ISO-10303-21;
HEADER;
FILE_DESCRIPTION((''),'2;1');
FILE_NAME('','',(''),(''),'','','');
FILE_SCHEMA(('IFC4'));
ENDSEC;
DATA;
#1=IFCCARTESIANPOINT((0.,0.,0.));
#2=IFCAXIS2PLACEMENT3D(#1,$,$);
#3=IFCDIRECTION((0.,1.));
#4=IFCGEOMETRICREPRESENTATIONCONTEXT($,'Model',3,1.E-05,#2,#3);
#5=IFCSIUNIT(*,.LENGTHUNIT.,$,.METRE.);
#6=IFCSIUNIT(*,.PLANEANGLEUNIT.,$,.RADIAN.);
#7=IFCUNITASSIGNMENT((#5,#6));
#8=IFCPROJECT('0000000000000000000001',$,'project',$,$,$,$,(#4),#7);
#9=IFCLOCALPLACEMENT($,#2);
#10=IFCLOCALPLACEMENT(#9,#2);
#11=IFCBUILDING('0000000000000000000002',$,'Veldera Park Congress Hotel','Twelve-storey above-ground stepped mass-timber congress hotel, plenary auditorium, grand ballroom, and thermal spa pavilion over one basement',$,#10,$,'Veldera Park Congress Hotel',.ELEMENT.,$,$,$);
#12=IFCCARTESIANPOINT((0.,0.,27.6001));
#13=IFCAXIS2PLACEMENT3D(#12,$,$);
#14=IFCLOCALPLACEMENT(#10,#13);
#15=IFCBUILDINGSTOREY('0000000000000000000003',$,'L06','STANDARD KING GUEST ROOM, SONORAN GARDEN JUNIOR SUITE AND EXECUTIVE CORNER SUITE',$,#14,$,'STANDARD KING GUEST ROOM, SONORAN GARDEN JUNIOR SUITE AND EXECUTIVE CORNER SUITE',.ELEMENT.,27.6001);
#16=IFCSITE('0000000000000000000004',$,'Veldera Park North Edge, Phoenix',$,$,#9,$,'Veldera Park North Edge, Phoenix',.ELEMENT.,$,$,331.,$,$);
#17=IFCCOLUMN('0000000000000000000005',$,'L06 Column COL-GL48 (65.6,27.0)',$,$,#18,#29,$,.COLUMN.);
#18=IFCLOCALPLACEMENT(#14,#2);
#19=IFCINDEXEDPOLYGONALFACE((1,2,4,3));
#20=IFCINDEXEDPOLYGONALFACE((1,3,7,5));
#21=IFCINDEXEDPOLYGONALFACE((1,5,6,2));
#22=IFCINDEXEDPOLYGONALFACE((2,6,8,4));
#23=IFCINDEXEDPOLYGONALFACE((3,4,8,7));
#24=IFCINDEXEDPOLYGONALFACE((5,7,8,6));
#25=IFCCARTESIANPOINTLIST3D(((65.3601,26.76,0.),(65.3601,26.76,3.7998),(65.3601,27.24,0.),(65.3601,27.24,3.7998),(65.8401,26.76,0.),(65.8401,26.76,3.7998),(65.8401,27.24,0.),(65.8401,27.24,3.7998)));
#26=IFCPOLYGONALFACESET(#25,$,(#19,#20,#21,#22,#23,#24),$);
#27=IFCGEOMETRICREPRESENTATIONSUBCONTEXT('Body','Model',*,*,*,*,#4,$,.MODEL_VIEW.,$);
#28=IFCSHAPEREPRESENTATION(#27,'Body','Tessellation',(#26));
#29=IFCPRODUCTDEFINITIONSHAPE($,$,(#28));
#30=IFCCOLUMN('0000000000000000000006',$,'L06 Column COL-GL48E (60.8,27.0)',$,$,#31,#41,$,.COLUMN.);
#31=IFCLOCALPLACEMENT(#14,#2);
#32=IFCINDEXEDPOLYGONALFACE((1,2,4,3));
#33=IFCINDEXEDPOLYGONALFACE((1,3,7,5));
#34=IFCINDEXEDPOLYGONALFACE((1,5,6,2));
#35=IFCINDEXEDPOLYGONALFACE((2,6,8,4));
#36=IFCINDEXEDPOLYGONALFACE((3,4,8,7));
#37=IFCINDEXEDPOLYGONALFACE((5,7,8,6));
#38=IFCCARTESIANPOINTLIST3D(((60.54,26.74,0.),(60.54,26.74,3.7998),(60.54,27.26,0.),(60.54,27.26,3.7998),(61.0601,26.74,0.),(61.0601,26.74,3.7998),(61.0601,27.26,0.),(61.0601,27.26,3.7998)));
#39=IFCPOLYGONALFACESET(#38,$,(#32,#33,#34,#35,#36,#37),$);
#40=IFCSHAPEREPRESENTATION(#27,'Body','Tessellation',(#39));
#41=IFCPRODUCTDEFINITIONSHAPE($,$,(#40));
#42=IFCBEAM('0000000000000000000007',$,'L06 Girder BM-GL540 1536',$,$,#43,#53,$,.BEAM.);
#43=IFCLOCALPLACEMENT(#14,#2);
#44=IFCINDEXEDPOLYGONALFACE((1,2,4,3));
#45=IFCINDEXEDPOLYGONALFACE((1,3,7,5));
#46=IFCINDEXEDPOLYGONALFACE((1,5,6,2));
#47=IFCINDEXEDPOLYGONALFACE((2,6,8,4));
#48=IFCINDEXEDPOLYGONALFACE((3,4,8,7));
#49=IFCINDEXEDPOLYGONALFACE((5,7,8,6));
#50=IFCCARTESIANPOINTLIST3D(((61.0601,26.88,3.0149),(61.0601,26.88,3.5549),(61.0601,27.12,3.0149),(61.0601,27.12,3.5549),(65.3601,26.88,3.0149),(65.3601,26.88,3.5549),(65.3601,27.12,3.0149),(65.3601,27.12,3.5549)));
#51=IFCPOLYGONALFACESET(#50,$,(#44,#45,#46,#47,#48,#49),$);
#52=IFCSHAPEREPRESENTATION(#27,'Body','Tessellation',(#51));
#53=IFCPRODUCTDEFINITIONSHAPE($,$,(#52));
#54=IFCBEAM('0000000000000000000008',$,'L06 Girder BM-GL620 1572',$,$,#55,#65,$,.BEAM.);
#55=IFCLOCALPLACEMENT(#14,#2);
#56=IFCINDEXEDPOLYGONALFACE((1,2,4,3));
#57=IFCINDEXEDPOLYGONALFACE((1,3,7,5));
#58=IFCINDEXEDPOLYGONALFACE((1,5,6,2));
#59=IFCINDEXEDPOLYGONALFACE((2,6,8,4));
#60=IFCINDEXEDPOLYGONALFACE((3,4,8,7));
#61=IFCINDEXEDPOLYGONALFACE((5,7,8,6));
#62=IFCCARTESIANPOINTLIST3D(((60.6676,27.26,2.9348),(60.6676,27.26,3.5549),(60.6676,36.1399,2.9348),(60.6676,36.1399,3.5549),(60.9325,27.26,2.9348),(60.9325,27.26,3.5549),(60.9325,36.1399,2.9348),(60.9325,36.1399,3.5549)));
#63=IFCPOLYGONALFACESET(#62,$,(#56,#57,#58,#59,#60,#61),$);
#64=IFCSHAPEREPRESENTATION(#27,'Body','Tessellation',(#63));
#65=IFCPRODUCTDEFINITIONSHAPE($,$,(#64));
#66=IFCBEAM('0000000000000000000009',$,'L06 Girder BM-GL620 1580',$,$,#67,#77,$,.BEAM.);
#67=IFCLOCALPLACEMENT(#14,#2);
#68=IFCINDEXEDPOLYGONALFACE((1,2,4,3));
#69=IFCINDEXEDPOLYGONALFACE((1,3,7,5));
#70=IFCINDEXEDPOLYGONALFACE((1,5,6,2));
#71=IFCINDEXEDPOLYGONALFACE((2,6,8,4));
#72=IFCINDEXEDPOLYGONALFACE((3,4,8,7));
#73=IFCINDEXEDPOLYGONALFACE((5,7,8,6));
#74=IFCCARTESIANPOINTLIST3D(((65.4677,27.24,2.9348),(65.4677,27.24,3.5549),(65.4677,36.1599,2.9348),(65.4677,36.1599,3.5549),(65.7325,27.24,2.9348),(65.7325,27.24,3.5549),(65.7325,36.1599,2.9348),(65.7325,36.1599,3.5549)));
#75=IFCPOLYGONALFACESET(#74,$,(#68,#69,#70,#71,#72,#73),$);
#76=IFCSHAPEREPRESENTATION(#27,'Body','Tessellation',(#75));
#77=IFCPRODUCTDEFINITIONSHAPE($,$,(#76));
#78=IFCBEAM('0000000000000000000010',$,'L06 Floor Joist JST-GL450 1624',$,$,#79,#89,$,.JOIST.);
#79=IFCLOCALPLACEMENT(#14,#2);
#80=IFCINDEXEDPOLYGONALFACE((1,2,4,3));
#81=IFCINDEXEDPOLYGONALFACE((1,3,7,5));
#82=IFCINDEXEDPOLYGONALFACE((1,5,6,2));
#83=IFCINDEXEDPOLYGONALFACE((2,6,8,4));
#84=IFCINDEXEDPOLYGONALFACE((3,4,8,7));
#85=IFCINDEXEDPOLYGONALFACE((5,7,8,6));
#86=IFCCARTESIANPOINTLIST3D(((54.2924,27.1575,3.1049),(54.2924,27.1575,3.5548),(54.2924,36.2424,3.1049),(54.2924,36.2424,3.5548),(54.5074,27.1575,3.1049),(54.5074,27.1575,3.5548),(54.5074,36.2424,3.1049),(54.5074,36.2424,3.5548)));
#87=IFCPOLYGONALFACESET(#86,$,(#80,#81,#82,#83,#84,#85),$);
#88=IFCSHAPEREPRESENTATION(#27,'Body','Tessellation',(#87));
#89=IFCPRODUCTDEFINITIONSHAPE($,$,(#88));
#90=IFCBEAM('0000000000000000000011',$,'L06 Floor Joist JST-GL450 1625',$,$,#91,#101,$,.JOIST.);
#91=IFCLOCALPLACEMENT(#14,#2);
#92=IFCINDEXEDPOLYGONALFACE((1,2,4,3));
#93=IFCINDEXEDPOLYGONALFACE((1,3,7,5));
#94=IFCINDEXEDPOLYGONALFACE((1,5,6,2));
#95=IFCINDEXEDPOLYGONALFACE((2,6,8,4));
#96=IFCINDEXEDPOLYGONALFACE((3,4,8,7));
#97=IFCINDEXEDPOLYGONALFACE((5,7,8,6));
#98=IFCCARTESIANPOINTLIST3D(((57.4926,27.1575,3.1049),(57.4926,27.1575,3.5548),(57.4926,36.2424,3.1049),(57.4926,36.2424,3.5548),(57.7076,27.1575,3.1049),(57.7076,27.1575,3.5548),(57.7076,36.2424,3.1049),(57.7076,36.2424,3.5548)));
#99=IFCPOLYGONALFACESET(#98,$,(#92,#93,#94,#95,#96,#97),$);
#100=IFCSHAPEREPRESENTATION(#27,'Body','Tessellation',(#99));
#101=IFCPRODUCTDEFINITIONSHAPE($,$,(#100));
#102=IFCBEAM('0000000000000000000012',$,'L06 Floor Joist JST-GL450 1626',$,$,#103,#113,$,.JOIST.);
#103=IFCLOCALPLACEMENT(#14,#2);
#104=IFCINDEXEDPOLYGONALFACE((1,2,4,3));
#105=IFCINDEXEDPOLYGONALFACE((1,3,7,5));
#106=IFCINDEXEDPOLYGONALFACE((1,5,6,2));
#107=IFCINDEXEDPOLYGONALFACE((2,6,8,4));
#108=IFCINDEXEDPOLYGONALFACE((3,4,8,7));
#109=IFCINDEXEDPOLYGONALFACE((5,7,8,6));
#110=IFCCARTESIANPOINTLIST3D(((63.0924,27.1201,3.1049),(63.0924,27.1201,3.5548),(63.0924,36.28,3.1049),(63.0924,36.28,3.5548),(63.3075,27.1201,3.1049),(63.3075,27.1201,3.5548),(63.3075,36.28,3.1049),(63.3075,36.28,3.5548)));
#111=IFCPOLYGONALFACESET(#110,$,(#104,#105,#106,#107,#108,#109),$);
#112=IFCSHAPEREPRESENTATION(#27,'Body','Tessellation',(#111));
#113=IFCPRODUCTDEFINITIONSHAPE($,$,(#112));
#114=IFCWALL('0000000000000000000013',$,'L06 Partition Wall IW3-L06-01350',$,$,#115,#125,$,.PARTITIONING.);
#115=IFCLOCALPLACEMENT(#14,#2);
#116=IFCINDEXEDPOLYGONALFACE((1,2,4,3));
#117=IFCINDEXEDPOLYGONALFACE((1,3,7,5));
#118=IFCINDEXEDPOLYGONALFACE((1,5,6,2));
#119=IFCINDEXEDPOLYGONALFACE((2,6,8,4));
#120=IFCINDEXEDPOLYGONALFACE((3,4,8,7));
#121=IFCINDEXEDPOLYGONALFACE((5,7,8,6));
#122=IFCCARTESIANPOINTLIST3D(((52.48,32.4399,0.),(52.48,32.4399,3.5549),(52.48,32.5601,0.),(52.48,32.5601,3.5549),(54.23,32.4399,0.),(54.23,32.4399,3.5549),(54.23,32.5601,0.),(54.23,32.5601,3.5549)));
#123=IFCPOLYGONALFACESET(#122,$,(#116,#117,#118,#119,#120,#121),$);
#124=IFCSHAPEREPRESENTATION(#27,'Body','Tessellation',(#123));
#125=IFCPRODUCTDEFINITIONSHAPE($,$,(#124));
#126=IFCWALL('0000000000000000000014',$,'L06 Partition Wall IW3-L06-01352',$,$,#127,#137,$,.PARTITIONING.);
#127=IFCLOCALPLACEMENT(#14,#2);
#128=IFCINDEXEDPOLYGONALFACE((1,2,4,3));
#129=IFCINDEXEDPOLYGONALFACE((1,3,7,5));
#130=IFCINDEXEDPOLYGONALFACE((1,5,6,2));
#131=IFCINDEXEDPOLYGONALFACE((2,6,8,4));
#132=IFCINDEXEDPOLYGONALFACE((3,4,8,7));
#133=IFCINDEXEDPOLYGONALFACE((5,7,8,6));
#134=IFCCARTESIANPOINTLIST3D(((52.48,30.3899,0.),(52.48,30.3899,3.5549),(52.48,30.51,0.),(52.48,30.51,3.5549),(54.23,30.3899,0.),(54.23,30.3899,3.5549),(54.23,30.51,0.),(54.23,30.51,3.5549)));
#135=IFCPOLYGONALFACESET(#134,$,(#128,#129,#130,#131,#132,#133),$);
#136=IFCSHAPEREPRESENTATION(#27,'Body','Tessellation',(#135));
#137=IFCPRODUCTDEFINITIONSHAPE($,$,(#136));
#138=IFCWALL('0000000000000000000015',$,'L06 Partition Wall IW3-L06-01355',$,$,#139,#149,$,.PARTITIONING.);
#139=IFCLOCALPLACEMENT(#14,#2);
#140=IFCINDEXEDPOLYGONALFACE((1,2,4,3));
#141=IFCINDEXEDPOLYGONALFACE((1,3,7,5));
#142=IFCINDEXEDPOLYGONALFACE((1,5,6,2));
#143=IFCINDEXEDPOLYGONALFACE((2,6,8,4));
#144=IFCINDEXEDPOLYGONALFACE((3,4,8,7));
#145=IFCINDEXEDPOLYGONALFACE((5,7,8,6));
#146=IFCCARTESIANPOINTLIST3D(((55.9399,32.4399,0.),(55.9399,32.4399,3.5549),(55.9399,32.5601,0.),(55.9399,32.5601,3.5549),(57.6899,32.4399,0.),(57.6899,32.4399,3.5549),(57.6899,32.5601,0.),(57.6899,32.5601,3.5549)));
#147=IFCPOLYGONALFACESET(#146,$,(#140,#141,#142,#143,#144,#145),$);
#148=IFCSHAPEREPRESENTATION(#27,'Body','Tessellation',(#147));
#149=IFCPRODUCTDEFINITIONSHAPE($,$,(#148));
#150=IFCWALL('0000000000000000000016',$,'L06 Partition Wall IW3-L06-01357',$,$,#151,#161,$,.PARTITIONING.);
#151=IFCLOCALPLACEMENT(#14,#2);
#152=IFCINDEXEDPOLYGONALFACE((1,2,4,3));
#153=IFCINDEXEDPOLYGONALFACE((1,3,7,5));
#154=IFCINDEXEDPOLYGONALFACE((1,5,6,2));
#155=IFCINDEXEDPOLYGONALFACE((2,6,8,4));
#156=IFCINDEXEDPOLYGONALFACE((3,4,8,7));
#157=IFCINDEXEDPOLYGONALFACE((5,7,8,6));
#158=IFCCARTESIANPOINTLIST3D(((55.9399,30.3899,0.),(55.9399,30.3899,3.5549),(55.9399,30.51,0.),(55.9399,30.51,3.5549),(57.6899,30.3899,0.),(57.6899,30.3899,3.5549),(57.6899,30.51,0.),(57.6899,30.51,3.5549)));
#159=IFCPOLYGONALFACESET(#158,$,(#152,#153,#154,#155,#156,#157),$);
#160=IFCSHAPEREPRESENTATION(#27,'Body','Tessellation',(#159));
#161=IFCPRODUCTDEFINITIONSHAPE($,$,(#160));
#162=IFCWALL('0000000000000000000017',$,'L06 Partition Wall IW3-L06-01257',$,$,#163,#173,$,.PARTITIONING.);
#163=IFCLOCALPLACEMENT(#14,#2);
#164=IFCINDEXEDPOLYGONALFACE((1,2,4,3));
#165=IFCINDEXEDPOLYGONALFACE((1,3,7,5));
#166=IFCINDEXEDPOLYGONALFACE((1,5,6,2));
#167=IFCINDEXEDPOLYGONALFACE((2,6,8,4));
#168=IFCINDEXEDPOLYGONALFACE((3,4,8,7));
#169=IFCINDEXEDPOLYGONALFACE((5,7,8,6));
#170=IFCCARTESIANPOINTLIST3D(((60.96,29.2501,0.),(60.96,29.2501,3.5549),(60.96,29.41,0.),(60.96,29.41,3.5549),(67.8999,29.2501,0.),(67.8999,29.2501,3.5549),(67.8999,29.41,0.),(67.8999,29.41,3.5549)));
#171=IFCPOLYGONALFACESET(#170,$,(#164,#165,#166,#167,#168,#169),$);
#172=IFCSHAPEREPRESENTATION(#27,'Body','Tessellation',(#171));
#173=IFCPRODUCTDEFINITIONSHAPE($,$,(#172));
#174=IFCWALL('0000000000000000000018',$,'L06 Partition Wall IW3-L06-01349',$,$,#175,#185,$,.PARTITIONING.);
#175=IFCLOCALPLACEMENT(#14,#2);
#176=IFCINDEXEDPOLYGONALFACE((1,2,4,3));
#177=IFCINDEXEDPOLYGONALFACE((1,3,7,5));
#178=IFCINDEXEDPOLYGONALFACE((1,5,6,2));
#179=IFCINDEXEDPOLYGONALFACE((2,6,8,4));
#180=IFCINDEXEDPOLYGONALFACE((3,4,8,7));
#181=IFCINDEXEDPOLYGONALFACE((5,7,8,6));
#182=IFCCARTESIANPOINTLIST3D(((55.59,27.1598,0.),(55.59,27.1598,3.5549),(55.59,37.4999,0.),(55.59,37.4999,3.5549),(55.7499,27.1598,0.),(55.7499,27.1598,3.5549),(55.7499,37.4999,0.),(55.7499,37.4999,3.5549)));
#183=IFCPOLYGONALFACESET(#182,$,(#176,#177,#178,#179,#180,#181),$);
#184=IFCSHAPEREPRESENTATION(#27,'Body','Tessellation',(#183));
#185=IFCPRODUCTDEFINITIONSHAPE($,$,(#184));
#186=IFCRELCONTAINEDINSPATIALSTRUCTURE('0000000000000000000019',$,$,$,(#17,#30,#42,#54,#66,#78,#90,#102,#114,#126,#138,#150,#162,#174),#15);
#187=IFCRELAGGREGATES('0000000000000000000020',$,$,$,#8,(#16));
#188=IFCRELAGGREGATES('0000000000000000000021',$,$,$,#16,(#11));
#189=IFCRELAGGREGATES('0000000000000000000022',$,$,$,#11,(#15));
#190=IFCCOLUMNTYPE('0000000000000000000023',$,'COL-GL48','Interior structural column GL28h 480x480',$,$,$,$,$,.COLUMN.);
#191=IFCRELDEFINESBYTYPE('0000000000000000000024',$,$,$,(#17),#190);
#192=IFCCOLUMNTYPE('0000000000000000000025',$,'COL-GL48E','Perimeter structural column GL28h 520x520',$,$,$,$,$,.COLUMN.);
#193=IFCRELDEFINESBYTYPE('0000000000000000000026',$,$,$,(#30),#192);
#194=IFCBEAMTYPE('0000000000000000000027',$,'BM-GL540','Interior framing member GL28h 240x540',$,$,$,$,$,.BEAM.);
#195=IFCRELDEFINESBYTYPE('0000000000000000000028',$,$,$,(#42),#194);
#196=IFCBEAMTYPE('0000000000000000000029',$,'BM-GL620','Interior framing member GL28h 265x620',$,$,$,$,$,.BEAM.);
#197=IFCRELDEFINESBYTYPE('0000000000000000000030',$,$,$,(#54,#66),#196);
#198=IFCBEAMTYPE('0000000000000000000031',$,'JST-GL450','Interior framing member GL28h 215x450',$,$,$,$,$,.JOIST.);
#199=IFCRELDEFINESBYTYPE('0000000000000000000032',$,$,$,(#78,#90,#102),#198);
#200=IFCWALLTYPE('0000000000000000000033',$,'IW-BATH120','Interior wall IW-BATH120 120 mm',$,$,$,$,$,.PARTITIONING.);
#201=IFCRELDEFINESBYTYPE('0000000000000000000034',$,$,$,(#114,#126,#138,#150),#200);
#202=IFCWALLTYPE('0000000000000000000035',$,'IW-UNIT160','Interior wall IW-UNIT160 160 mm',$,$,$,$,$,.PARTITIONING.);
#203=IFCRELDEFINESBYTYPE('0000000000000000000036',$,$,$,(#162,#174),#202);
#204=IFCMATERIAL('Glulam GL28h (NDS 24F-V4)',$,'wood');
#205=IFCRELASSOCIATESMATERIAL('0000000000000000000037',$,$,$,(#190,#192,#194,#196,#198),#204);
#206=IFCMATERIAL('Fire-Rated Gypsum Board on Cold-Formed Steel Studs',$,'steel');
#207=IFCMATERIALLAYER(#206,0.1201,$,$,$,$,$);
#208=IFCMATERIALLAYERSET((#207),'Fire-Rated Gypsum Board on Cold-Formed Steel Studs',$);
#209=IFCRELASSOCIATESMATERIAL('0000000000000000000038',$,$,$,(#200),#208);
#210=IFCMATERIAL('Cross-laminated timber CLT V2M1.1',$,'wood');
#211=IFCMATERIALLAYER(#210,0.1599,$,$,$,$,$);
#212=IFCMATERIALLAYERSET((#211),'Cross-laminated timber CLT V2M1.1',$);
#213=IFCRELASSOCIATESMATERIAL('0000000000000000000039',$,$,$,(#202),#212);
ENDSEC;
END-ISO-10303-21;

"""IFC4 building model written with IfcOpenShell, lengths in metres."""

from ifc_helpers import new_model, si_unit, direction, frame, frame_2d, origin, origin_2d, place, context, subcontext, project, spatial, rectangle, extrude, material, layer, layer_set, material_profile, profile_set, type_object, element, save


model = new_model("IFC4")

# Units and contexts
model_context = context("Model", 3, precision=1e-05, world=origin(), true_north=direction((0.0, 1.0)))
body_context = subcontext(model_context, "Body", "Model", "MODEL_VIEW")
ifc_project = project(units=[si_unit("LENGTHUNIT", "METRE"), si_unit("PLANEANGLEUNIT", "RADIAN")], contexts=[model_context])

# Site, building, storey
site_placement = place(None, origin())
site = spatial("IfcSite", under=ifc_project, at=site_placement, Name="Veldera Park North Edge, Phoenix", LongName="Veldera Park North Edge, Phoenix", CompositionType="ELEMENT", RefElevation=331.0)
building_placement = place(site_placement, origin())
building = spatial("IfcBuilding", under=site, at=building_placement, Name="Veldera Park Congress Hotel", Description="Twelve-storey above-ground stepped mass-timber congress hotel, plenary auditorium, grand ballroom, and thermal spa pavilion over one basement", LongName="Veldera Park Congress Hotel", CompositionType="ELEMENT")
storey_placement = place(building_placement, frame((0.0, 0.0, 27.6001)))
storey = spatial("IfcBuildingStorey", under=building, at=storey_placement, Name="L06", Description="STANDARD KING GUEST ROOM, SONORAN GARDEN JUNIOR SUITE AND EXECUTIVE CORNER SUITE", LongName="STANDARD KING GUEST ROOM, SONORAN GARDEN JUNIOR SUITE AND EXECUTIVE CORNER SUITE", CompositionType="ELEMENT", Elevation=27.6001)

# Columns
ifc_material_1 = material(Name="Glulam GL28h (NDS 24F-V4)", Category="wood")
ifc_material_profile_1 = material_profile(ifc_material_1, rectangle(XDim=0.48, YDim=0.48, at=origin_2d()), Name="GL28h 480x480")
ifc_profile_set_1 = profile_set([ifc_material_profile_1], Name="Glulam GL28h (NDS 24F-V4)")
column_type_1 = type_object("IfcColumnType", Name="COL-GL48", Description="Interior structural column GL28h 480x480", PredefinedType="COLUMN", material=ifc_profile_set_1)
column_1_placement = place(storey_placement, frame((65.6001, 27.0, 0.0), z_axis=(0.0, 0.0, 1.0), x_axis=(1.0, 0.0, 0.0)))
element("IfcColumn", 1, at=column_1_placement, inside=storey, type_object=column_type_1, Name="L06 Column COL-GL48 (65.6,27.0)", PredefinedType="COLUMN", context=body_context, shape_type="SweptSolid", body=[
    extrude(rectangle(XDim=0.48, YDim=0.48, at=origin_2d()), origin(), (0.0, 0.0, 1.0), 3.7998),
])
ifc_material_profile_2 = material_profile(ifc_material_1, rectangle(XDim=0.52, YDim=0.52, at=origin_2d()), Name="GL28h 520x520")
ifc_profile_set_2 = profile_set([ifc_material_profile_2], Name="Glulam GL28h (NDS 24F-V4)")
column_type_2 = type_object("IfcColumnType", Name="COL-GL48E", Description="Perimeter structural column GL28h 520x520", PredefinedType="COLUMN", material=ifc_profile_set_2)
column_2_placement = place(storey_placement, frame((60.8, 27.0, 0.0), z_axis=(0.0, 0.0, 1.0), x_axis=(1.0, 0.0, 0.0)))
element("IfcColumn", 2, at=column_2_placement, inside=storey, type_object=column_type_2, Name="L06 Column COL-GL48E (60.8,27.0)", PredefinedType="COLUMN", context=body_context, shape_type="SweptSolid", body=[
    extrude(rectangle(XDim=0.52, YDim=0.52, at=origin_2d()), origin(), (0.0, 0.0, 1.0), 3.7998),
])

# Beams
ifc_material_profile_3 = material_profile(ifc_material_1, rectangle(XDim=0.24, YDim=0.54, at=origin_2d()), Name="GL28h 240x540")
ifc_profile_set_3 = profile_set([ifc_material_profile_3], Name="Glulam GL28h (NDS 24F-V4)")
beam_type_1 = type_object("IfcBeamType", Name="BM-GL540", Description="Interior framing member GL28h 240x540", PredefinedType="BEAM", material=ifc_profile_set_3)
beam_1_placement = place(storey_placement, frame((61.0601, 27.0, 3.2849), z_axis=(1.0, 0.0, 0.0), x_axis=(0.0, 1.0, 0.0)))
element("IfcBeam", 3, at=beam_1_placement, inside=storey, type_object=beam_type_1, Name="L06 Girder BM-GL540 1536", PredefinedType="BEAM", context=body_context, shape_type="SweptSolid", body=[
    extrude(rectangle(XDim=0.24, YDim=0.54, at=origin_2d()), origin(), (0.0, 0.0, 1.0), 4.3),
])
ifc_material_profile_4 = material_profile(ifc_material_1, rectangle(XDim=0.2649, YDim=0.6201, at=origin_2d()), Name="GL28h 265x620")
ifc_profile_set_4 = profile_set([ifc_material_profile_4], Name="Glulam GL28h (NDS 24F-V4)")
beam_type_2 = type_object("IfcBeamType", Name="BM-GL620", Description="Interior framing member GL28h 265x620", PredefinedType="BEAM", material=ifc_profile_set_4)
beam_2_placement = place(storey_placement, frame((60.8, 27.26, 3.2449), z_axis=(0.0, 1.0, 0.0), x_axis=(-1.0, 0.0, 0.0)))
element("IfcBeam", 4, at=beam_2_placement, inside=storey, type_object=beam_type_2, Name="L06 Girder BM-GL620 1572", PredefinedType="BEAM", context=body_context, shape_type="SweptSolid", body=[
    extrude(rectangle(XDim=0.2649, YDim=0.6201, at=origin_2d()), origin(), (0.0, 0.0, 1.0), 8.8799),
])
beam_3_placement = place(storey_placement, frame((65.6001, 27.24, 3.2449), z_axis=(0.0, 1.0, 0.0), x_axis=(-1.0, 0.0, 0.0)))
element("IfcBeam", 5, at=beam_3_placement, inside=storey, type_object=beam_type_2, Name="L06 Girder BM-GL620 1580", PredefinedType="BEAM", context=body_context, shape_type="SweptSolid", body=[
    extrude(rectangle(XDim=0.2649, YDim=0.6201, at=origin_2d()), origin(), (0.0, 0.0, 1.0), 8.9199),
])
ifc_material_profile_5 = material_profile(ifc_material_1, rectangle(XDim=0.2151, YDim=0.45, at=origin_2d()), Name="GL28h 215x450")
ifc_profile_set_5 = profile_set([ifc_material_profile_5], Name="Glulam GL28h (NDS 24F-V4)")
beam_type_3 = type_object("IfcBeamType", Name="JST-GL450", Description="Interior framing member GL28h 215x450", PredefinedType="JOIST", material=ifc_profile_set_5)
for number, where, z_axis, x_axis, name in (
    (6, (54.3999, 27.1575, 3.3298), (0.0, 1.0, 0.0), (-1.0, 0.0, 0.0), "L06 Floor Joist JST-GL450 1624"),
    (7, (57.6001, 27.1575, 3.3298), (0.0, 1.0, 0.0), (-1.0, 0.0, 0.0), "L06 Floor Joist JST-GL450 1625"),
):
    element("IfcBeam", number, at=place(storey_placement, frame(where, z_axis=z_axis, x_axis=x_axis)), inside=storey, type_object=beam_type_3, Name=name, PredefinedType="JOIST", context=body_context, shape_type="SweptSolid", body=[
        extrude(rectangle(XDim=0.2151, YDim=0.45, at=origin_2d()), origin(), (0.0, 0.0, 1.0), 9.085),
    ])
beam_4_placement = place(storey_placement, frame((63.2, 27.1201, 3.3298), z_axis=(0.0, 1.0, 0.0), x_axis=(-1.0, 0.0, 0.0)))
element("IfcBeam", 8, at=beam_4_placement, inside=storey, type_object=beam_type_3, Name="L06 Floor Joist JST-GL450 1626", PredefinedType="JOIST", context=body_context, shape_type="SweptSolid", body=[
    extrude(rectangle(XDim=0.2151, YDim=0.45, at=origin_2d()), origin(), (0.0, 0.0, 1.0), 9.1599),
])

# Wall
ifc_material_2 = material(Name="Fire-Rated Gypsum Board on Cold-Formed Steel Studs", Category="steel")
ifc_layer_1 = layer(ifc_material_2, 0.1201)
ifc_layer_set_1 = layer_set([ifc_layer_1], Name="Fire-Rated Gypsum Board on Cold-Formed Steel Studs")
wall_type_1 = type_object("IfcWallType", Name="IW-BATH120", Description="Interior wall IW-BATH120 120 mm", PredefinedType="PARTITIONING", material=ifc_layer_set_1)
wall_1_placement = place(storey_placement, frame((52.48, 32.5, 0.0), z_axis=(0.0, 0.0, 1.0), x_axis=(1.0, 0.0, 0.0)))
element("IfcWall", 9, at=wall_1_placement, inside=storey, type_object=wall_type_1, Name="L06 Partition Wall IW3-L06-01350", PredefinedType="PARTITIONING", context=body_context, shape_type="SweptSolid", body=[
    extrude(rectangle(XDim=1.75, YDim=0.1201, at=frame_2d((0.875, 0.0))), origin(), (0.0, 0.0, 1.0), 3.5549),
])

# Walls
for number, where, z_axis, x_axis, name in (
    (10, (52.48, 30.45, 0.0), (0.0, 0.0, 1.0), (1.0, 0.0, 0.0), "L06 Partition Wall IW3-L06-01352"),
    (11, (55.9399, 32.5, 0.0), (0.0, 0.0, 1.0), (1.0, 0.0, 0.0), "L06 Partition Wall IW3-L06-01355"),
):
    element("IfcWall", number, at=place(storey_placement, frame(where, z_axis=z_axis, x_axis=x_axis)), inside=storey, type_object=wall_type_1, Name=name, PredefinedType="PARTITIONING", context=body_context, shape_type="SweptSolid", body=[
        extrude(rectangle(XDim=1.75, YDim=0.1201, at=frame_2d((0.875, 0.0))), origin(), (0.0, 0.0, 1.0), 3.5549),
    ])

# Walls
wall_2_placement = place(storey_placement, frame((55.9399, 30.45, 0.0), z_axis=(0.0, 0.0, 1.0), x_axis=(1.0, 0.0, 0.0)))
element("IfcWall", 12, at=wall_2_placement, inside=storey, type_object=wall_type_1, Name="L06 Partition Wall IW3-L06-01357", PredefinedType="PARTITIONING", context=body_context, shape_type="SweptSolid", body=[
    extrude(rectangle(XDim=1.75, YDim=0.1201, at=frame_2d((0.875, 0.0))), origin(), (0.0, 0.0, 1.0), 3.5549),
])
ifc_material_3 = material(Name="Cross-laminated timber CLT V2M1.1", Category="wood")
ifc_layer_2 = layer(ifc_material_3, 0.1599)
ifc_layer_set_2 = layer_set([ifc_layer_2], Name="Cross-laminated timber CLT V2M1.1")
wall_type_2 = type_object("IfcWallType", Name="IW-UNIT160", Description="Interior wall IW-UNIT160 160 mm", PredefinedType="PARTITIONING", material=ifc_layer_set_2)
wall_3_placement = place(storey_placement, frame((60.96, 29.3301, 0.0), z_axis=(0.0, 0.0, 1.0), x_axis=(1.0, 0.0, 0.0)))
element("IfcWall", 13, at=wall_3_placement, inside=storey, type_object=wall_type_2, Name="L06 Partition Wall IW3-L06-01257", PredefinedType="PARTITIONING", context=body_context, shape_type="SweptSolid", body=[
    extrude(rectangle(XDim=6.9399, YDim=0.1599, at=frame_2d((3.47, 0.0))), origin(), (0.0, 0.0, 1.0), 3.5549),
])
for number, where, z_axis, x_axis, name in (
    (14, (55.6699, 27.1599, 0.0), (0.0, 0.0, 1.0), (0.0, 1.0, 0.0), "L06 Partition Wall IW3-L06-01349"),
):
    element("IfcWall", number, at=place(storey_placement, frame(where, z_axis=z_axis, x_axis=x_axis)), inside=storey, type_object=wall_type_2, Name=name, PredefinedType="PARTITIONING", context=body_context, shape_type="SweptSolid", body=[
        extrude(rectangle(XDim=10.3401, YDim=0.1599, at=frame_2d((5.1699, 0.0))), origin(), (0.0, 0.0, 1.0), 3.5549),
    ])

save(model, "model.ifc")
